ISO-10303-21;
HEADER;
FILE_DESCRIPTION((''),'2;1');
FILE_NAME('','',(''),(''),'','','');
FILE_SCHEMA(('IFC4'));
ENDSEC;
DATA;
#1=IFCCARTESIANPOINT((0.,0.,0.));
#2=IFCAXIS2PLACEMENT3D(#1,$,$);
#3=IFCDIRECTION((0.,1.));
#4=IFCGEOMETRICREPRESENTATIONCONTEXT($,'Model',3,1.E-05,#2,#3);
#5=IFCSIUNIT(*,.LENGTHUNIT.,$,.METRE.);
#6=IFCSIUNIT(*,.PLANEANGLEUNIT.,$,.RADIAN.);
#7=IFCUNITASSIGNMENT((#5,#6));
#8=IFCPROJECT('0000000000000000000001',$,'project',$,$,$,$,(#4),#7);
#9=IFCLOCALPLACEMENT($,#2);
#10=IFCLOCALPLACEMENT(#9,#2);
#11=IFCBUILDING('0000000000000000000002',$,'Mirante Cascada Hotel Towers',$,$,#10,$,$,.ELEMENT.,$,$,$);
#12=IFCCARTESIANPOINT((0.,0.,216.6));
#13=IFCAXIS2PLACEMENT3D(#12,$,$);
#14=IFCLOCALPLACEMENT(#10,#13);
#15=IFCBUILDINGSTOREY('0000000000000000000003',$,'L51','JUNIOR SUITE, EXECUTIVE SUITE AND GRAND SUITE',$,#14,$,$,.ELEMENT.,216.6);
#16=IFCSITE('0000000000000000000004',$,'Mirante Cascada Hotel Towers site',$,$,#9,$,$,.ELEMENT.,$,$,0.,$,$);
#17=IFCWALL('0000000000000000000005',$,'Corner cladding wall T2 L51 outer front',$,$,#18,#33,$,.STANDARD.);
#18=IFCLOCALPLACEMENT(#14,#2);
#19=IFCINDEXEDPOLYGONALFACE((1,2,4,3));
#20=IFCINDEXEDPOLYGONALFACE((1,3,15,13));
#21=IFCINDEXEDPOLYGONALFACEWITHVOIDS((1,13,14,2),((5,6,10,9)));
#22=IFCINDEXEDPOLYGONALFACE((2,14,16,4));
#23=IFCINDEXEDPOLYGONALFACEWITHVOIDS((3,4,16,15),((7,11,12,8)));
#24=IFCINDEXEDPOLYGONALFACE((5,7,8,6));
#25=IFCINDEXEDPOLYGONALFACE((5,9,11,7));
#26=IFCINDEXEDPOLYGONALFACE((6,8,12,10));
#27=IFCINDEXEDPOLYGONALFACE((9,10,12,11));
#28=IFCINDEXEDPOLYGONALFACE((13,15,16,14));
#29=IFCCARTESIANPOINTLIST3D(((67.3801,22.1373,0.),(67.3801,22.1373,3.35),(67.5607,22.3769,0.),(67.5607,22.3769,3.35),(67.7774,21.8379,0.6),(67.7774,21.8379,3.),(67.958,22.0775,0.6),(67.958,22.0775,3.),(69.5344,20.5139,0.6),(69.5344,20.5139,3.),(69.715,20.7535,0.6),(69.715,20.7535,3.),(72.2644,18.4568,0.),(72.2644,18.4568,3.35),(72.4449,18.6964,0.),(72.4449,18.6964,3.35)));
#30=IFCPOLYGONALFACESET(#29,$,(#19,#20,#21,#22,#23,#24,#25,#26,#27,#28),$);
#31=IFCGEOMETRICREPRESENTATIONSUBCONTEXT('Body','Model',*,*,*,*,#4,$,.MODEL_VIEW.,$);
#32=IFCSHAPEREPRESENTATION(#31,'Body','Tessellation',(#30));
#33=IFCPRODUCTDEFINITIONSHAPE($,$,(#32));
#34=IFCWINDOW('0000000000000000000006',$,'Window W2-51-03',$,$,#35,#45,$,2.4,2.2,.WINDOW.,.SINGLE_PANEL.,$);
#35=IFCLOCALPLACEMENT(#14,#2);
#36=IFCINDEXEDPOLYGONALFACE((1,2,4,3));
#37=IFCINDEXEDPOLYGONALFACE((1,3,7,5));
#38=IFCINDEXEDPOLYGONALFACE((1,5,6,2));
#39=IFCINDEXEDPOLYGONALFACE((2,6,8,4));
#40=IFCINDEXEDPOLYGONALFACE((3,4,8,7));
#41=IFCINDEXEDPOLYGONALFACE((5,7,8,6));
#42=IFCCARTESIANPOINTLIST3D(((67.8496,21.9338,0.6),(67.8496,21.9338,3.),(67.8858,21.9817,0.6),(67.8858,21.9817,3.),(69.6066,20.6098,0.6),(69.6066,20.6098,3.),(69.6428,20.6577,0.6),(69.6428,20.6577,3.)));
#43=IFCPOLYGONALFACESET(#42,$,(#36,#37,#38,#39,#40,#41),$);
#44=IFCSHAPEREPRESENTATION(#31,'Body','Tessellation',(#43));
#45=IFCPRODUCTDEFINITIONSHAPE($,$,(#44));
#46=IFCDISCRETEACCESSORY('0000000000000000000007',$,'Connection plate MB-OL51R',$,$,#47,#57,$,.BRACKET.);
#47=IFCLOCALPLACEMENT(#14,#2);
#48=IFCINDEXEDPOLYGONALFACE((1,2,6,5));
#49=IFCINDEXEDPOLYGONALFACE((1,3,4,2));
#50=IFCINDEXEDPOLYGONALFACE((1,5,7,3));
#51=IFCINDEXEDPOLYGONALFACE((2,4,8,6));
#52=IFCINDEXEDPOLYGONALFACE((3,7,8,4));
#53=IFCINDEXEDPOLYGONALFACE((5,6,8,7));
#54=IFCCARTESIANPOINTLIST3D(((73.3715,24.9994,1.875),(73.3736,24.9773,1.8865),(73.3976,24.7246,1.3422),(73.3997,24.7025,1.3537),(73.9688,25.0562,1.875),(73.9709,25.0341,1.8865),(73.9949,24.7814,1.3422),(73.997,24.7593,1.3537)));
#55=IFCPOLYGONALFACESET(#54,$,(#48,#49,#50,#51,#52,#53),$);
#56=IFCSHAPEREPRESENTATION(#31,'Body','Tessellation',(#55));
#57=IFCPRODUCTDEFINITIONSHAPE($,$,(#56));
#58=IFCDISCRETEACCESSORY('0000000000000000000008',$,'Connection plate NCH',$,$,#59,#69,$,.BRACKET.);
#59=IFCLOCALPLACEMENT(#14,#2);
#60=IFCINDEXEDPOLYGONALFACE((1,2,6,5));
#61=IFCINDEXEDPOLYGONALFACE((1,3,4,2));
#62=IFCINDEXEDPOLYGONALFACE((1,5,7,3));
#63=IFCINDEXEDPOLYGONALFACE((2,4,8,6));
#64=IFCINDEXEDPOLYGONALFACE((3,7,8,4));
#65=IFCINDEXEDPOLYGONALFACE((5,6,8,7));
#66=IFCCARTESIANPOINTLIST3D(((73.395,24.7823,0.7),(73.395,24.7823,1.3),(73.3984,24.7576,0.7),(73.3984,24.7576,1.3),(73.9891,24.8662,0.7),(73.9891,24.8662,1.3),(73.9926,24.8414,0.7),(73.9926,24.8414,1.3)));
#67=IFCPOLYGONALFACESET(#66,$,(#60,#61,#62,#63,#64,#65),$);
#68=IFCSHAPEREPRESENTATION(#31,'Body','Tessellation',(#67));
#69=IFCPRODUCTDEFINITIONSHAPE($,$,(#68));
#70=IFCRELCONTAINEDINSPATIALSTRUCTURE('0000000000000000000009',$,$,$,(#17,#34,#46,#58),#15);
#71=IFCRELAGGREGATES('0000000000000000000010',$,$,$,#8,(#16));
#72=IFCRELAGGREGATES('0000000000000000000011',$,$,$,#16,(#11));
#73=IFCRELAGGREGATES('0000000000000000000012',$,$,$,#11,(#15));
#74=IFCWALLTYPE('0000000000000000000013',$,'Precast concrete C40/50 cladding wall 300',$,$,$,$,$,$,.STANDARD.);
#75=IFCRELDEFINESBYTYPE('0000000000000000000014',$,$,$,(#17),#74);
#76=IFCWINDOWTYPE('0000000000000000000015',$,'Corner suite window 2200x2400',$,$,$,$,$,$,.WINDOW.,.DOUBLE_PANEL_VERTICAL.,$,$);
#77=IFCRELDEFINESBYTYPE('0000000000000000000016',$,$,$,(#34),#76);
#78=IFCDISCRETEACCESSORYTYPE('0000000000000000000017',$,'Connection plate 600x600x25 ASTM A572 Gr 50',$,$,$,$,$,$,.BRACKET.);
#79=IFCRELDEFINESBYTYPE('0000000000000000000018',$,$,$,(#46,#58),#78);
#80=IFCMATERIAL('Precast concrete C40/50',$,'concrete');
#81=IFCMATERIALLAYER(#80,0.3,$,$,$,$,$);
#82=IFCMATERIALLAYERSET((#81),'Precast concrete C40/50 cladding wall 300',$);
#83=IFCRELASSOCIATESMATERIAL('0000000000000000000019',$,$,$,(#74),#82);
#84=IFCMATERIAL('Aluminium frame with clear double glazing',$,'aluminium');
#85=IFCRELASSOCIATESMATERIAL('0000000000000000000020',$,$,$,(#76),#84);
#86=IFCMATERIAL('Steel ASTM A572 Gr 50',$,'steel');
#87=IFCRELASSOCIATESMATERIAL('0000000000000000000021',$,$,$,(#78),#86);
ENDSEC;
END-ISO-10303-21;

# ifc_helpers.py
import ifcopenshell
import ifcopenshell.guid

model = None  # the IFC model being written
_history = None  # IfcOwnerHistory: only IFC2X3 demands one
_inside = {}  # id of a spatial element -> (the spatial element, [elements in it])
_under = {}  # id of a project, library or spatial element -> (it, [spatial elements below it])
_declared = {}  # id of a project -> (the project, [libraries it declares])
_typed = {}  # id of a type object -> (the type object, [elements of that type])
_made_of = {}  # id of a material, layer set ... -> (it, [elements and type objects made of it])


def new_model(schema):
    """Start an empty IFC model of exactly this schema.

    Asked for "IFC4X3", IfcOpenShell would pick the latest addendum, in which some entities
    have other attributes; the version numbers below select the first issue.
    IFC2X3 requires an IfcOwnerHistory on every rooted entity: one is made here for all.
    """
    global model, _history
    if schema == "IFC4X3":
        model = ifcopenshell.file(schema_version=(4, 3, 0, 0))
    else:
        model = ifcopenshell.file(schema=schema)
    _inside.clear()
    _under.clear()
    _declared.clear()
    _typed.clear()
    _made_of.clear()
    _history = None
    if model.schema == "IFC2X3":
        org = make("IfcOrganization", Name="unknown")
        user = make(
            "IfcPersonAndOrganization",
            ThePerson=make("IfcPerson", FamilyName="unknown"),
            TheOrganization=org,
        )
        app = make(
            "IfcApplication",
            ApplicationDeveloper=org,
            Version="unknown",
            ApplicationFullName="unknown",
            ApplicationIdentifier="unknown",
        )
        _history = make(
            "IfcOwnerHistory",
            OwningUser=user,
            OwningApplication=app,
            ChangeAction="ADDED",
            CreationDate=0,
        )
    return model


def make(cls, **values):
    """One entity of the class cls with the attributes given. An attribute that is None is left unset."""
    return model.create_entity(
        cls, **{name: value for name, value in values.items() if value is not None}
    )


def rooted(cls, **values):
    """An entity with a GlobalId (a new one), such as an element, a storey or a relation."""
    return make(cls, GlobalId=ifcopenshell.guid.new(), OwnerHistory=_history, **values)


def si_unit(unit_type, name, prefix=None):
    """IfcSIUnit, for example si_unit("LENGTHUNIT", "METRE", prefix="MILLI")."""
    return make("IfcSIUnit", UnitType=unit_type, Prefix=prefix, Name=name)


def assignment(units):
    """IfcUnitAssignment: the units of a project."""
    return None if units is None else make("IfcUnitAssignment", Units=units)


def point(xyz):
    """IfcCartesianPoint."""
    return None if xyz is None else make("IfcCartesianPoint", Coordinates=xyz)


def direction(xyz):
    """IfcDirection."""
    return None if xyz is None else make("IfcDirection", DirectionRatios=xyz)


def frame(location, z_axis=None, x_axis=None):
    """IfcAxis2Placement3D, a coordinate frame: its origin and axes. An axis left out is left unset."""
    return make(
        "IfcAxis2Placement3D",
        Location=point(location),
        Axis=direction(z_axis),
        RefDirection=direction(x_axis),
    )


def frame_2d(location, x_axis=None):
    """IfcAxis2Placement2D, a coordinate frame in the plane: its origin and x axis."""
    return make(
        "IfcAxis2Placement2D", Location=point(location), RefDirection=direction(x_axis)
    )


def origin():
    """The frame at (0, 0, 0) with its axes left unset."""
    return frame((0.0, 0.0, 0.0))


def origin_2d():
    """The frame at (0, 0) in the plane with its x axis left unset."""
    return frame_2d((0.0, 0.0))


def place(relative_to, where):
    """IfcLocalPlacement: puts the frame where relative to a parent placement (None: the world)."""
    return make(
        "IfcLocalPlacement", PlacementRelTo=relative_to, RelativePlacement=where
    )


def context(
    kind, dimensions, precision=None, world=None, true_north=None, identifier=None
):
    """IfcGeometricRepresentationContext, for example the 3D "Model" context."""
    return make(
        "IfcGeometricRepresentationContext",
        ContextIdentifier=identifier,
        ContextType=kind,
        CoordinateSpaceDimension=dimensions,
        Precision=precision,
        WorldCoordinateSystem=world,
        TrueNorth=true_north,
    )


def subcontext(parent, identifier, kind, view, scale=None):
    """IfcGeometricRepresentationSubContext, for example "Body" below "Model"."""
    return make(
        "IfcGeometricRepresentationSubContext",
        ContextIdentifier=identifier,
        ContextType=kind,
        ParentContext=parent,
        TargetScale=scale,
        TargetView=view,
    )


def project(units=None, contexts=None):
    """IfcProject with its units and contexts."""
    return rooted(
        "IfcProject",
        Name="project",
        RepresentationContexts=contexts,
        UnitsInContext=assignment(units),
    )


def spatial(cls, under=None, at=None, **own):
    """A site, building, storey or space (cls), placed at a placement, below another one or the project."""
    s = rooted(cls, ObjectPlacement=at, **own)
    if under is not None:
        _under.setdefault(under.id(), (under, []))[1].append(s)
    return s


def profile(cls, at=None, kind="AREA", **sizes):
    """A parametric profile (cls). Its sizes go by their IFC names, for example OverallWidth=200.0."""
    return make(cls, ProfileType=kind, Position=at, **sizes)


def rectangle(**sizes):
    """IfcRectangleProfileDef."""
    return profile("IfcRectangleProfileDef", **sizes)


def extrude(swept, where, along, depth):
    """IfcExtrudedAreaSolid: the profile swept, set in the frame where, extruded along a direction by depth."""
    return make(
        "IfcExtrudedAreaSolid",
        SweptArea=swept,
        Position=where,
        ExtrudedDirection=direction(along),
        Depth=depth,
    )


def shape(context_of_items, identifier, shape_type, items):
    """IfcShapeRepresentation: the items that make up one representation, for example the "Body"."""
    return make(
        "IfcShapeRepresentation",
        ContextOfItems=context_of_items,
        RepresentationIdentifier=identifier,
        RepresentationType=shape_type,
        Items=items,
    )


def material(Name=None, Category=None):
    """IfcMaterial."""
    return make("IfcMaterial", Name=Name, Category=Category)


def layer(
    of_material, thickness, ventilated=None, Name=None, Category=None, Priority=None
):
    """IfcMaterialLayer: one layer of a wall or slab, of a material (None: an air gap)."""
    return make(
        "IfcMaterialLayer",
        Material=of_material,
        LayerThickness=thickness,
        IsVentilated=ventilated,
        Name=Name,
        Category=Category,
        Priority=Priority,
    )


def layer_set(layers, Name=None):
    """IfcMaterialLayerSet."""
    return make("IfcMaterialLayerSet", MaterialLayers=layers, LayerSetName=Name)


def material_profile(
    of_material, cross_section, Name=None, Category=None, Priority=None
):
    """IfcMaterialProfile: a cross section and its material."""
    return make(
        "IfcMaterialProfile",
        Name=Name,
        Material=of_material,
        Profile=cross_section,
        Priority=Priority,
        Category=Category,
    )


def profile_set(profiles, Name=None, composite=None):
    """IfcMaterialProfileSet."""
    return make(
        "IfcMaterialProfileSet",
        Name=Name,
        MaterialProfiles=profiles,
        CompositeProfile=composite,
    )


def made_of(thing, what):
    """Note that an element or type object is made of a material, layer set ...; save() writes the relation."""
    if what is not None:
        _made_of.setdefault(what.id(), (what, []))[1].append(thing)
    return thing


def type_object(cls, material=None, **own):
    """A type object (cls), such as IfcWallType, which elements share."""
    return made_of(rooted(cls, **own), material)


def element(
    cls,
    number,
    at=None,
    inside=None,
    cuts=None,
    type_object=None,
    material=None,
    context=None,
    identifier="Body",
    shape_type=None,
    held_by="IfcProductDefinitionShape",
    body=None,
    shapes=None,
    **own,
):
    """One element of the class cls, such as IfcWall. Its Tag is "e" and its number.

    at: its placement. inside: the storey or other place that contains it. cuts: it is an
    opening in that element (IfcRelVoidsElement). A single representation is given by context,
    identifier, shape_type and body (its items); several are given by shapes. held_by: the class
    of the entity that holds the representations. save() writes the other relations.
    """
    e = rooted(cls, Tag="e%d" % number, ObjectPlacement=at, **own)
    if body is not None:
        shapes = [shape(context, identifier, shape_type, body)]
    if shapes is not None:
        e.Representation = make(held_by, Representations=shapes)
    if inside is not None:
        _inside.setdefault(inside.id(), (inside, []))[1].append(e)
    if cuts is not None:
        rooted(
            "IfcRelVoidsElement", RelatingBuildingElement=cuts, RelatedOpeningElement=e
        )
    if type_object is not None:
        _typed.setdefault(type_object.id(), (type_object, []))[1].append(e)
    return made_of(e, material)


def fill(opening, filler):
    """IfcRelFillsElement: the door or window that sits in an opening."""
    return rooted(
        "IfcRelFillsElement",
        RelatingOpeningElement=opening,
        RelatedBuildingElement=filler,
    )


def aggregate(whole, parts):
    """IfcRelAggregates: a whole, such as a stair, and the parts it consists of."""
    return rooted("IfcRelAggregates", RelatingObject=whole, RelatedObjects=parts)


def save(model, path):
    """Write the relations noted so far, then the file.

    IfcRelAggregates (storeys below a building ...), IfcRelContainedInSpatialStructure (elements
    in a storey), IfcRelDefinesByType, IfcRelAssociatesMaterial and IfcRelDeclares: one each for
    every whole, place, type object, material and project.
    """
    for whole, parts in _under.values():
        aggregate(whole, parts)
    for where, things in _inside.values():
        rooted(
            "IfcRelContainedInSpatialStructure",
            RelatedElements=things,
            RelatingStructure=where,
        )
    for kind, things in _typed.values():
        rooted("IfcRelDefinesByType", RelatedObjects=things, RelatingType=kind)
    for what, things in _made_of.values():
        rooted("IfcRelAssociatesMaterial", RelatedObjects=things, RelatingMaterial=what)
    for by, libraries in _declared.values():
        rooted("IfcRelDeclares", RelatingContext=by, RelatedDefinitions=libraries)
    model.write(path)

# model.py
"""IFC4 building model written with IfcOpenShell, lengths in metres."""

from ifc_helpers import new_model, si_unit, direction, frame, frame_2d, origin, origin_2d, place, context, subcontext, project, spatial, rectangle, extrude, material, layer, layer_set, material_profile, profile_set, type_object, element, fill, save


model = new_model("IFC4")

# Units and contexts
model_context = context("Model", 3, precision=1e-05, world=origin(), true_north=direction((0.0, 1.0)))
body_context = subcontext(model_context, "Body", "Model", "MODEL_VIEW")
ifc_project = project(units=[si_unit("LENGTHUNIT", "METRE"), si_unit("PLANEANGLEUNIT", "RADIAN")], contexts=[model_context])

# Site, building, storey
site_placement = place(None, origin())
site = spatial("IfcSite", under=ifc_project, at=site_placement, Name="Mirante Cascada Hotel Towers site", CompositionType="ELEMENT", RefElevation=0.0)
building_placement = place(site_placement, origin())
building = spatial("IfcBuilding", under=site, at=building_placement, Name="Mirante Cascada Hotel Towers", CompositionType="ELEMENT")
storey_placement = place(building_placement, frame((0.0, 0.0, 216.6)))
storey = spatial("IfcBuildingStorey", under=building, at=storey_placement, Name="L51", Description="JUNIOR SUITE, EXECUTIVE SUITE AND GRAND SUITE", CompositionType="ELEMENT", Elevation=216.6)

# Wall, opening, window
ifc_material_1 = material(Name="Precast concrete C40/50", Category="concrete")
ifc_layer_1 = layer(ifc_material_1, 0.3)
ifc_layer_set_1 = layer_set([ifc_layer_1], Name="Precast concrete C40/50 cladding wall 300")
wall_type_1 = type_object("IfcWallType", Name="Precast concrete C40/50 cladding wall 300", PredefinedType="STANDARD", material=ifc_layer_set_1)
wall_1_placement = place(storey_placement, frame((72.3546, 18.5766, 0.0), z_axis=(0.0, 0.0, 1.0), x_axis=(-0.798636, 0.601814, 0.0)))
wall_1 = element("IfcWall", 1, at=wall_1_placement, inside=storey, type_object=wall_type_1, Name="Corner cladding wall T2 L51 outer front", PredefinedType="STANDARD", context=body_context, shape_type="SweptSolid", body=[
    extrude(rectangle(XDim=6.1157, YDim=0.3, at=frame_2d((3.0578, 0.0))), origin(), (0.0, 0.0, 1.0), 3.35),
])
opening_1_placement = place(wall_1_placement, frame((3.4182, 0.0, 0.6)))
opening_1 = element("IfcOpeningElement", 2, at=opening_1_placement, cuts=wall_1, PredefinedType="OPENING", context=body_context, shape_type="SweptSolid", body=[
    extrude(rectangle(XDim=2.2, YDim=2.4, at=frame_2d((1.1, 1.2))), frame((0.0, 0.15, 0.0), z_axis=(0.0, -1.0, 0.0), x_axis=(1.0, 0.0, 0.0)), (0.0, 0.0, 1.0), 0.3),
])
ifc_material_2 = material(Name="Aluminium frame with clear double glazing", Category="aluminium")
window_type = type_object("IfcWindowType", Name="Corner suite window 2200x2400", PartitioningType="DOUBLE_PANEL_VERTICAL", PredefinedType="WINDOW", material=ifc_material_2)
window_placement = place(opening_1_placement, origin())
window = element("IfcWindow", 3, at=window_placement, inside=storey, type_object=window_type, Name="Window W2-51-03", OverallHeight=2.4, OverallWidth=2.2, PartitioningType="SINGLE_PANEL", PredefinedType="WINDOW", context=body_context, shape_type="SweptSolid", body=[
    extrude(rectangle(XDim=2.2, YDim=2.4, at=frame_2d((1.1, 1.2))), frame((0.0, 0.03, 0.0), z_axis=(0.0, -1.0, 0.0), x_axis=(1.0, 0.0, 0.0)), (0.0, 0.0, 1.0), 0.06),
])
fill(opening_1, window)

# Discrete accessories
ifc_material_3 = material(Name="Steel ASTM A572 Gr 50", Category="steel")
ifc_material_profile_1 = material_profile(ifc_material_3, rectangle(XDim=0.6, YDim=0.6, at=origin_2d()), Name="Connection plate 600x600x25 ASTM A572 Gr 50")
ifc_profile_set_1 = profile_set([ifc_material_profile_1], Name="Steel ASTM A572 Gr 50")
discrete_accessory_type = type_object("IfcDiscreteAccessoryType", Name="Connection plate 600x600x25 ASTM A572 Gr 50", PredefinedType="BRACKET", material=ifc_profile_set_1)
for number, where, z_axis, x_axis, name in (
    (4, (73.6832, 24.8904, 1.6086), (0.083995, -0.88395, 0.459974), (0.995516, 0.094597, 0.0), "Connection plate MB-OL51R"),
    (5, (73.6955, 24.7995, 1.0), (-0.139744, 0.990188, 0.0), (-0.990188, -0.139744, 0.0), "Connection plate NCH"),
):
    element("IfcDiscreteAccessory", number, at=place(storey_placement, frame(where, z_axis=z_axis, x_axis=x_axis)), inside=storey, type_object=discrete_accessory_type, Name=name, PredefinedType="BRACKET", context=body_context, shape_type="SweptSolid", body=[
        extrude(rectangle(XDim=0.6, YDim=0.6, at=origin_2d()), origin(), (0.0, 0.0, 1.0), 0.025),
    ])

save(model, "model.ifc")
